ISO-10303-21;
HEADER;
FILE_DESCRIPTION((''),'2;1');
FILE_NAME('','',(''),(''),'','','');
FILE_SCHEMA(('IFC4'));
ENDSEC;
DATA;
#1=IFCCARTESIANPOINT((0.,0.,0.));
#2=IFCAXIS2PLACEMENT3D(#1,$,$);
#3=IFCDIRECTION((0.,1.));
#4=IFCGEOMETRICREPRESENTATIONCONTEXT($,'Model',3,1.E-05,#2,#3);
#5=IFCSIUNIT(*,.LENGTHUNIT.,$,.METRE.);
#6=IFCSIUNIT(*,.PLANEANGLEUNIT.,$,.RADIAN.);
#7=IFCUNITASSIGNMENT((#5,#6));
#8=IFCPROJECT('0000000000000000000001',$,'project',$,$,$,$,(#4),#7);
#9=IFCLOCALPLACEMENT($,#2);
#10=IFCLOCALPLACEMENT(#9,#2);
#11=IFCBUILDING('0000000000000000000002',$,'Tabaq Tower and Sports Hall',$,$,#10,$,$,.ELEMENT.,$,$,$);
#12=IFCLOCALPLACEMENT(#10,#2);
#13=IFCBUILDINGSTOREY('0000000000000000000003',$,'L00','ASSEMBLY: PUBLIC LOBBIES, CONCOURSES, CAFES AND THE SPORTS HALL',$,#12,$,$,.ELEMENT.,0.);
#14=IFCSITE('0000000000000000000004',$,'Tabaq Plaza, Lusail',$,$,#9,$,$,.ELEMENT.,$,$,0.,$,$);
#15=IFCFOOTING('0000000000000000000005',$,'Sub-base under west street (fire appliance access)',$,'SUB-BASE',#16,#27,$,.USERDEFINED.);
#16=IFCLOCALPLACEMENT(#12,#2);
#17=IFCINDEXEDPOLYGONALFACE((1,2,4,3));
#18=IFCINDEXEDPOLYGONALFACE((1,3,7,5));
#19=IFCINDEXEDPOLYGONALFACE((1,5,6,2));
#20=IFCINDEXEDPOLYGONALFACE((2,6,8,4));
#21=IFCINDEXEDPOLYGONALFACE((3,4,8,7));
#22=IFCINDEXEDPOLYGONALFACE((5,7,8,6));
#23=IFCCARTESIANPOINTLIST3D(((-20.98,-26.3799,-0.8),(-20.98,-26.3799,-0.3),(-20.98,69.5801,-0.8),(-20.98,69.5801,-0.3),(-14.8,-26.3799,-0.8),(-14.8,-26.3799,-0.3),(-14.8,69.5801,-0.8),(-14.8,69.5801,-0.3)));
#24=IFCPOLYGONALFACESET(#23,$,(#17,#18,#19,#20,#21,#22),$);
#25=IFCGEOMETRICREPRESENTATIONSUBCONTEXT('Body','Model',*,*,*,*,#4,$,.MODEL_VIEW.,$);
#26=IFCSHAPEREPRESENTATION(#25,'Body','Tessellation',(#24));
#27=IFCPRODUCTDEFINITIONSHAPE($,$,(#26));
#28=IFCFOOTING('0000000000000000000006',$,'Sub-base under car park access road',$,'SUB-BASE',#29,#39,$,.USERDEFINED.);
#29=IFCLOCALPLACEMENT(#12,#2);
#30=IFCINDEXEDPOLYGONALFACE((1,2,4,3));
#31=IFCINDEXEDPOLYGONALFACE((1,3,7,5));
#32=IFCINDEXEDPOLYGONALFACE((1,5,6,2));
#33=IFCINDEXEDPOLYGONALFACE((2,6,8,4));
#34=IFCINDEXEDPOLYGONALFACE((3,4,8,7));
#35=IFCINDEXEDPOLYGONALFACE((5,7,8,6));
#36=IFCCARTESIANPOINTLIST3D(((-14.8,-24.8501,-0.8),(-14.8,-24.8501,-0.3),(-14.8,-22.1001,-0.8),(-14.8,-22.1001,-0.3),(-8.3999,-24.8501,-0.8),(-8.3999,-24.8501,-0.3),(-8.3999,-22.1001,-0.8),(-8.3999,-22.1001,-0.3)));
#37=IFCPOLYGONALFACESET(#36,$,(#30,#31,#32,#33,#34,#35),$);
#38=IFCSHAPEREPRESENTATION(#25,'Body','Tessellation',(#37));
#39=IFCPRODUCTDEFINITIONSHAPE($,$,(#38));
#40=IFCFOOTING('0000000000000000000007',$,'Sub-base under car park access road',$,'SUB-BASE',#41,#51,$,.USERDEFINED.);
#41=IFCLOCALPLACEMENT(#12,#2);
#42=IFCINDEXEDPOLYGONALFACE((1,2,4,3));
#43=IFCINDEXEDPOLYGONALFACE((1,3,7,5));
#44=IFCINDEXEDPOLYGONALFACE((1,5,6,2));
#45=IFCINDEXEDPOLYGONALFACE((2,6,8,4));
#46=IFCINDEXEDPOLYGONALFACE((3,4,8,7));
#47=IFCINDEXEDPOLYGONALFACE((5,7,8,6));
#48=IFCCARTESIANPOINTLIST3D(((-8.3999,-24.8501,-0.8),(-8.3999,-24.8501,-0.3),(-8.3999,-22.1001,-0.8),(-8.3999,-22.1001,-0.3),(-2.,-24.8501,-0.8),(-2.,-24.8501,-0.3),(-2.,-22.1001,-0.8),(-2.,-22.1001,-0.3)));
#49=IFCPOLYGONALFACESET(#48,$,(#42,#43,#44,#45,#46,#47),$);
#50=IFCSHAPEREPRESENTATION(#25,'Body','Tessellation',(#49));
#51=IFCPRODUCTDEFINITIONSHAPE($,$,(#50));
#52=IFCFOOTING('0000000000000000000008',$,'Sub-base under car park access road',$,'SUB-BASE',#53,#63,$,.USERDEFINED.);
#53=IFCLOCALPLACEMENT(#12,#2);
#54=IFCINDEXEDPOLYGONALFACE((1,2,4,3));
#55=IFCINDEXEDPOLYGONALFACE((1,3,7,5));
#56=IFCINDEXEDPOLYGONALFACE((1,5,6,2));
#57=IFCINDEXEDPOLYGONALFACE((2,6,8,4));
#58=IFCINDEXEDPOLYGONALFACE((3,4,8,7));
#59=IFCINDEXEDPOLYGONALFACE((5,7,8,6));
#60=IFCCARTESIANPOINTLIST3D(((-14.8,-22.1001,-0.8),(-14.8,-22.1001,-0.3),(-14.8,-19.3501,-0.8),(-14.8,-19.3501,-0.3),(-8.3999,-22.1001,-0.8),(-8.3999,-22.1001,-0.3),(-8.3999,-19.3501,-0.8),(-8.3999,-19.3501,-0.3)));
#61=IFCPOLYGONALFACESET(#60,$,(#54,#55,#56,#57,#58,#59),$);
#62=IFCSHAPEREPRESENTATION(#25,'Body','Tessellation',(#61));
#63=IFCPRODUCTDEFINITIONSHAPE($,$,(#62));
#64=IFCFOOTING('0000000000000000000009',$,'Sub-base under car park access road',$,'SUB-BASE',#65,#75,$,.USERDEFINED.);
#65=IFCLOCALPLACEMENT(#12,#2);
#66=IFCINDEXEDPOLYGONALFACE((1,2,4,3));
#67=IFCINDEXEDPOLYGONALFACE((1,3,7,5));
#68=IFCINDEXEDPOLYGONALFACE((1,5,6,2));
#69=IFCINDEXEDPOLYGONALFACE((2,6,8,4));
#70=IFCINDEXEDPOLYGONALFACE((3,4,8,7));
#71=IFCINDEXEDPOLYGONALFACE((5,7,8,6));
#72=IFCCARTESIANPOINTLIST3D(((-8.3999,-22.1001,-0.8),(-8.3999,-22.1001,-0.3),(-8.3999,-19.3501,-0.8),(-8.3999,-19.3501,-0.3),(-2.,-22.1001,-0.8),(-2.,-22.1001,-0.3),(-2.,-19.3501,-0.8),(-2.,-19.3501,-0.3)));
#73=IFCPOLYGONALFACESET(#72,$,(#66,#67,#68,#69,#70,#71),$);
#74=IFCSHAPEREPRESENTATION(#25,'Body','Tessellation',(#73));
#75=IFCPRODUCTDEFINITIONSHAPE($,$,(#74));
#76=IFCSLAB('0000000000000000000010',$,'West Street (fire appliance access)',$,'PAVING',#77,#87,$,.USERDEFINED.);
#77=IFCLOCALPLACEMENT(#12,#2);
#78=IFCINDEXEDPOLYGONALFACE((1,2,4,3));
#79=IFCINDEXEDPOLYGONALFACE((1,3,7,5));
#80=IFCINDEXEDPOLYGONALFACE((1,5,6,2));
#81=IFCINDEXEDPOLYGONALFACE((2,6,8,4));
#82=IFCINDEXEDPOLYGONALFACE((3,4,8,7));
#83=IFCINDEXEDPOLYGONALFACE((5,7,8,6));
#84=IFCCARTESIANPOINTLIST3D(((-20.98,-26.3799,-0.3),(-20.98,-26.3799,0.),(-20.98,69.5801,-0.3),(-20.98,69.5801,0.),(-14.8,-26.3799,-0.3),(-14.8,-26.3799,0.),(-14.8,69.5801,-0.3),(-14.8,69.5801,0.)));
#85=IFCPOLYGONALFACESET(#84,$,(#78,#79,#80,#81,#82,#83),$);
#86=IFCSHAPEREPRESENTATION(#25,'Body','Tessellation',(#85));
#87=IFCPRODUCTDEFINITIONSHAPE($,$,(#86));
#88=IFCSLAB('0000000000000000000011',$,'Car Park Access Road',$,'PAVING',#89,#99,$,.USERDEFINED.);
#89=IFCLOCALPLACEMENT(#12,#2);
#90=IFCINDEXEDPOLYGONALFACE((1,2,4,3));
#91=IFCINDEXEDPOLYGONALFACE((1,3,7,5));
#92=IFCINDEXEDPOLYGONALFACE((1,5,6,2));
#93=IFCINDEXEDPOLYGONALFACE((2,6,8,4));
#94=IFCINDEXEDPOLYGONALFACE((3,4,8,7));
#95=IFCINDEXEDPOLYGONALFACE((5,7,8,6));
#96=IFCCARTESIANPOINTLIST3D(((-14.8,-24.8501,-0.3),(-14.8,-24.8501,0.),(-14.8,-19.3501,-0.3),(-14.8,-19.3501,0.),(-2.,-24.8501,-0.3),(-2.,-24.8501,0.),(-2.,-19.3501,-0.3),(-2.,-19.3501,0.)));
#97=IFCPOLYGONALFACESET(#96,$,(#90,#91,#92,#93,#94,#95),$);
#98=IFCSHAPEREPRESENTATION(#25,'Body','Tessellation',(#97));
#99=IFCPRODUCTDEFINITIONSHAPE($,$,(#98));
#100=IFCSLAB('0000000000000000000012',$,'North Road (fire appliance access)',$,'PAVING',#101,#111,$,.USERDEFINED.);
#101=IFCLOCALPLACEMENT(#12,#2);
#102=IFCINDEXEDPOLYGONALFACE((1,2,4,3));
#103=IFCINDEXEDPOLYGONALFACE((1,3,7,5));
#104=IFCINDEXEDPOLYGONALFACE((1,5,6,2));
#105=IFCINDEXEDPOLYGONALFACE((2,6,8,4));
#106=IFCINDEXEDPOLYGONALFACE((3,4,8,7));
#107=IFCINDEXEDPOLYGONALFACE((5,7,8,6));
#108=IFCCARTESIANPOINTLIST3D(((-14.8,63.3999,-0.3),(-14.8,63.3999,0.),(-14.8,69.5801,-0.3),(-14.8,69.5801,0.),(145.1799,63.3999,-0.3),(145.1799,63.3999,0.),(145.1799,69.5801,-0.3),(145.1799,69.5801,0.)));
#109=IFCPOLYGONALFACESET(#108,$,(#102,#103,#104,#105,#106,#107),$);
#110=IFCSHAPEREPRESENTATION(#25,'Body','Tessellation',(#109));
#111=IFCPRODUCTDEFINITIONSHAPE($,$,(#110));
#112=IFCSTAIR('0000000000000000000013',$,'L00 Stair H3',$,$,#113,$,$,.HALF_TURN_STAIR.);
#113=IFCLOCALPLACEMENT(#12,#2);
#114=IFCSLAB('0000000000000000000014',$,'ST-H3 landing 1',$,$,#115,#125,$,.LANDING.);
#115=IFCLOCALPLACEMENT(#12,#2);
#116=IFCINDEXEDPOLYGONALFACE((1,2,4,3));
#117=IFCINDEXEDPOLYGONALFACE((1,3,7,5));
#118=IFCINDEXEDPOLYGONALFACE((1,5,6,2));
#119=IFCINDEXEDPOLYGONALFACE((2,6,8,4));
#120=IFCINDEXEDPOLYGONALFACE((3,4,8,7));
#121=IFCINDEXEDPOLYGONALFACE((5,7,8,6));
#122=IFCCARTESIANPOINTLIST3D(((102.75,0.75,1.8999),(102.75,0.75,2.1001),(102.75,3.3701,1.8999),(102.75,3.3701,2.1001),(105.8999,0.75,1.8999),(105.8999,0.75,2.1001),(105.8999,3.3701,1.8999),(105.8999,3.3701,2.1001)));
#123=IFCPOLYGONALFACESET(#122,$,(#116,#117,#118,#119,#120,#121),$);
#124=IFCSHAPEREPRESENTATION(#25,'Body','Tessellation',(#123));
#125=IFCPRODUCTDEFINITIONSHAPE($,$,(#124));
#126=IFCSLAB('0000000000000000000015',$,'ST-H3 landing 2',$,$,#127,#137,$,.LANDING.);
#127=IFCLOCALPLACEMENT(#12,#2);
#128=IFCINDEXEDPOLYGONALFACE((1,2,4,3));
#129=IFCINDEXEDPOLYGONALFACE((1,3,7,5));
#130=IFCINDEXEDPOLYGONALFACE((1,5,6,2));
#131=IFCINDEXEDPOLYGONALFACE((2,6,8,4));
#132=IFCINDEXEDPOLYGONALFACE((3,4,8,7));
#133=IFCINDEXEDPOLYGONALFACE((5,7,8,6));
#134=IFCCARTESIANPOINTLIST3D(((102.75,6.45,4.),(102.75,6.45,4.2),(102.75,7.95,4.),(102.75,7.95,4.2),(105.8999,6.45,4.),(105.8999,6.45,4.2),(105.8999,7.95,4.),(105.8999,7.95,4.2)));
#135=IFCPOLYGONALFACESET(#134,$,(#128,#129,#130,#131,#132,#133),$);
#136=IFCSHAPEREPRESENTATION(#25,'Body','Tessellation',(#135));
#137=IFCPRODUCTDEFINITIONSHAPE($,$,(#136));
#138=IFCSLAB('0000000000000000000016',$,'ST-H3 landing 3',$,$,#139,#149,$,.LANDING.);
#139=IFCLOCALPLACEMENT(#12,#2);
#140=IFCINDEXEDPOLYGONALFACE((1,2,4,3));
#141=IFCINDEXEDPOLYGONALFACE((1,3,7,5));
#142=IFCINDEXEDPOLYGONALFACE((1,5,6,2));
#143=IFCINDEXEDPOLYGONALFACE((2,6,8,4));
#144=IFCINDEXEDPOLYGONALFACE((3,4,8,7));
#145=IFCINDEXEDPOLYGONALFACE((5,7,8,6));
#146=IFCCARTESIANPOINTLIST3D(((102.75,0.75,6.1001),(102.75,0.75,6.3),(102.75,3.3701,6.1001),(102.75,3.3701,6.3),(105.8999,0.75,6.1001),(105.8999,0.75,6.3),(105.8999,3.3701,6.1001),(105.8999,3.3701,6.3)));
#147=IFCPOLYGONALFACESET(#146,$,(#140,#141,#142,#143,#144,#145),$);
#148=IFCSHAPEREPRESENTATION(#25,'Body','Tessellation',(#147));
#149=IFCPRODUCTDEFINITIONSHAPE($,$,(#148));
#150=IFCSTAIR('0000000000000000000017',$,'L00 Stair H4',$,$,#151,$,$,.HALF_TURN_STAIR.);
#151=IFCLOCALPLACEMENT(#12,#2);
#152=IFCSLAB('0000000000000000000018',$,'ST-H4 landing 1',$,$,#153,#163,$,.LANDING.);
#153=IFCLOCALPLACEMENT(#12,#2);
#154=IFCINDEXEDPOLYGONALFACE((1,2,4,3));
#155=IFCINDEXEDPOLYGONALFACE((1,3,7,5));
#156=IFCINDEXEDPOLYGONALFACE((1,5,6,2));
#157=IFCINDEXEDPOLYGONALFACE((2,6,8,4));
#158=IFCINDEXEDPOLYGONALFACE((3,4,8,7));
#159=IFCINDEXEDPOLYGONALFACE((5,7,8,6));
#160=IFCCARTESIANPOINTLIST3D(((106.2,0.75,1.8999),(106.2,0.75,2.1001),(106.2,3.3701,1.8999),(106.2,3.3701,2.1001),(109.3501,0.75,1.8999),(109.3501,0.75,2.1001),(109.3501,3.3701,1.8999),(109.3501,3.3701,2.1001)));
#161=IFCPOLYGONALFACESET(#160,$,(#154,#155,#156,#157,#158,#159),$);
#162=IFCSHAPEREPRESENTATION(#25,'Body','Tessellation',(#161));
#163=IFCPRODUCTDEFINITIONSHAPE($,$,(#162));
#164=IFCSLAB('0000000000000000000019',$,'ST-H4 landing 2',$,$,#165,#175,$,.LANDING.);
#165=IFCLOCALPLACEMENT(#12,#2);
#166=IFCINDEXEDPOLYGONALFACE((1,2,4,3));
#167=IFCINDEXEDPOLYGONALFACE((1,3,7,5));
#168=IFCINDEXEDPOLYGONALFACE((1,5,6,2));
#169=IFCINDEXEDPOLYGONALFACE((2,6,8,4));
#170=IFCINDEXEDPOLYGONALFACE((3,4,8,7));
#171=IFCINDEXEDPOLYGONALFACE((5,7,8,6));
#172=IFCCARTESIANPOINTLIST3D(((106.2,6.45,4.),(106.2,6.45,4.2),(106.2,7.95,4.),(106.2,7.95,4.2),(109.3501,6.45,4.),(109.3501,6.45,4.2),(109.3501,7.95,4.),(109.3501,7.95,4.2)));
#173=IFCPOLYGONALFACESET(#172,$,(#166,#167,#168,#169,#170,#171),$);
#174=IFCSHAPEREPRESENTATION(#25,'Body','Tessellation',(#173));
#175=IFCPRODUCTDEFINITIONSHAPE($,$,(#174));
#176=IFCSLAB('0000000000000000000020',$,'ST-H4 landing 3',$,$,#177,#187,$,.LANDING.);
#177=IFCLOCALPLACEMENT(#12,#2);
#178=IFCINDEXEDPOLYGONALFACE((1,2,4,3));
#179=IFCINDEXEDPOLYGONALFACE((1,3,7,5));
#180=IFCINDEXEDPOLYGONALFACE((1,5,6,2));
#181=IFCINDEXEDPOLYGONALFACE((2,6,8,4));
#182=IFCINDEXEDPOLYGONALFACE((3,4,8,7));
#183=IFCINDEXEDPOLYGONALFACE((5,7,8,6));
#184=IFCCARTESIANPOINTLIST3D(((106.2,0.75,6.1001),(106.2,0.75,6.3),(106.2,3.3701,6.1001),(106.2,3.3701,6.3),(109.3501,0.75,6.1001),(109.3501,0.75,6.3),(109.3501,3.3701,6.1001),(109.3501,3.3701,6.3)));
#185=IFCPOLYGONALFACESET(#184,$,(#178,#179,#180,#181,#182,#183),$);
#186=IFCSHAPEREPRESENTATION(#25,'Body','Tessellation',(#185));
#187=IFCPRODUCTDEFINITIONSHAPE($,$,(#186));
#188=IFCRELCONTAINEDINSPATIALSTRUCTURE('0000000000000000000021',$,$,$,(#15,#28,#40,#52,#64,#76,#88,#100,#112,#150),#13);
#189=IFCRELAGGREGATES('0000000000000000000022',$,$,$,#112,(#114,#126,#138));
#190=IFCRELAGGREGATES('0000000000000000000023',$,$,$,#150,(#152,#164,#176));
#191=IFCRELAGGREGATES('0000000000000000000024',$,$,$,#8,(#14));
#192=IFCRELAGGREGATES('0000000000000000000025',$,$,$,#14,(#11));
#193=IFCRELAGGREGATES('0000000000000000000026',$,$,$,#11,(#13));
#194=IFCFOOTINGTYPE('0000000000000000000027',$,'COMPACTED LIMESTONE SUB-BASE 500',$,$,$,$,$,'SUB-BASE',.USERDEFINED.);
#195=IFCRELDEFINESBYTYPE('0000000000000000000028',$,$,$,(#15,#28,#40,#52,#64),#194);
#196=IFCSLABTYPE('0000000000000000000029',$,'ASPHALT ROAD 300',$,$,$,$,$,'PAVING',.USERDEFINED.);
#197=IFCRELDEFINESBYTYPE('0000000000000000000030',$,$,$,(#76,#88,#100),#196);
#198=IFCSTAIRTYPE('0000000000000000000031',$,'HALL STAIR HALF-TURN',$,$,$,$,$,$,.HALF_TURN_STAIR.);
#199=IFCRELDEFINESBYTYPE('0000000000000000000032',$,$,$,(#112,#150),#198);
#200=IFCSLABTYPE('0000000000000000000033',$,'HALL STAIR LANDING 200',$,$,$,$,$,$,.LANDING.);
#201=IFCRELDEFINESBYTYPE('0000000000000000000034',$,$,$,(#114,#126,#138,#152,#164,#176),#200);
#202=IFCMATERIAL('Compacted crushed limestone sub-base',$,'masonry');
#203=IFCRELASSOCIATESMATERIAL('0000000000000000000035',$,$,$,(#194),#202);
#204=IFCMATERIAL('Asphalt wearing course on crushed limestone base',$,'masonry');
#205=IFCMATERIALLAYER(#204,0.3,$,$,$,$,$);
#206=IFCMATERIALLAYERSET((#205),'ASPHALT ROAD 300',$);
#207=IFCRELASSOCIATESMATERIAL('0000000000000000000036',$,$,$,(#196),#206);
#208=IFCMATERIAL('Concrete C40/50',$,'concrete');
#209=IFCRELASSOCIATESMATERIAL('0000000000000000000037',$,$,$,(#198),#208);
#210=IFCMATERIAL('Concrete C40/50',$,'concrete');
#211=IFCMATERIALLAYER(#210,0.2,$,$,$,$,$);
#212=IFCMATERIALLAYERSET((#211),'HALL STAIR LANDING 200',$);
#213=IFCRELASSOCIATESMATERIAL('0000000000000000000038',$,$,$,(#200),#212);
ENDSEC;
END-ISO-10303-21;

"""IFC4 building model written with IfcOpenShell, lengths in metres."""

from ifc_helpers import new_model, si_unit, direction, frame, origin, place, context, subcontext, project, spatial, polyline, outline, extrude, material, layer, layer_set, type_object, element, aggregate, save


model = new_model("IFC4")

# Units and contexts
model_context = context("Model", 3, precision=1e-05, world=origin(), true_north=direction((0.0, 1.0)))
body_context = subcontext(model_context, "Body", "Model", "MODEL_VIEW")
ifc_project = project(units=[si_unit("LENGTHUNIT", "METRE"), si_unit("PLANEANGLEUNIT", "RADIAN")], contexts=[model_context])

# Site, building, storey
site_placement = place(None, origin())
site = spatial("IfcSite", under=ifc_project, at=site_placement, Name="Tabaq Plaza, Lusail", CompositionType="ELEMENT", RefElevation=0.0)
building_placement = place(site_placement, origin())
building = spatial("IfcBuilding", under=site, at=building_placement, Name="Tabaq Tower and Sports Hall", CompositionType="ELEMENT")
storey_placement = place(building_placement, origin())
storey = spatial("IfcBuildingStorey", under=building, at=storey_placement, Name="L00", Description="ASSEMBLY: PUBLIC LOBBIES, CONCOURSES, CAFES AND THE SPORTS HALL", CompositionType="ELEMENT", Elevation=0.0)

# Footings
ifc_material_1 = material(Name="Compacted crushed limestone sub-base", Category="masonry")
footing_type = type_object("IfcFootingType", Name="COMPACTED LIMESTONE SUB-BASE 500", ElementType="SUB-BASE", PredefinedType="USERDEFINED", material=ifc_material_1)
footing_1_placement = place(storey_placement, frame((0.0, 0.0, -0.8)))
element("IfcFooting", 1, at=footing_1_placement, inside=storey, type_object=footing_type, Name="Sub-base under west street (fire appliance access)", ObjectType="SUB-BASE", PredefinedType="USERDEFINED", context=body_context, shape_type="SweptSolid", body=[
    extrude(outline(polyline([(-14.8, 69.5801), (-20.98, 69.5801), (-20.98, -26.3799), (-14.8, -26.3799), (-14.8, 69.5801)])), origin(), (0.0, 0.0, 1.0), 0.5),
])
footing_2_placement = place(storey_placement, frame((0.0, 0.0, -0.8)))
element("IfcFooting", 2, at=footing_2_placement, inside=storey, type_object=footing_type, Name="Sub-base under car park access road", ObjectType="SUB-BASE", PredefinedType="USERDEFINED", context=body_context, shape_type="SweptSolid", body=[
    extrude(outline(polyline([(-14.8, -24.8501), (-8.3999, -24.8501), (-8.3999, -22.1001), (-14.8, -22.1001), (-14.8, -24.8501)])), origin(), (0.0, 0.0, 1.0), 0.5),
])
footing_3_placement = place(storey_placement, frame((0.0, 0.0, -0.8)))
element("IfcFooting", 3, at=footing_3_placement, inside=storey, type_object=footing_type, Name="Sub-base under car park access road", ObjectType="SUB-BASE", PredefinedType="USERDEFINED", context=body_context, shape_type="SweptSolid", body=[
    extrude(outline(polyline([(-2.0, -24.8501), (-2.0, -22.1001), (-8.3999, -22.1001), (-8.3999, -24.8501), (-2.0, -24.8501)])), origin(), (0.0, 0.0, 1.0), 0.5),
])
footing_4_placement = place(storey_placement, frame((0.0, 0.0, -0.8)))
element("IfcFooting", 4, at=footing_4_placement, inside=storey, type_object=footing_type, Name="Sub-base under car park access road", ObjectType="SUB-BASE", PredefinedType="USERDEFINED", context=body_context, shape_type="SweptSolid", body=[
    extrude(outline(polyline([(-8.3999, -19.3501), (-14.8, -19.3501), (-14.8, -22.1001), (-8.3999, -22.1001), (-8.3999, -19.3501)])), origin(), (0.0, 0.0, 1.0), 0.5),
])
footing_5_placement = place(storey_placement, frame((0.0, 0.0, -0.8)))
element("IfcFooting", 5, at=footing_5_placement, inside=storey, type_object=footing_type, Name="Sub-base under car park access road", ObjectType="SUB-BASE", PredefinedType="USERDEFINED", context=body_context, shape_type="SweptSolid", body=[
    extrude(outline(polyline([(-2.0, -19.3501), (-8.3999, -19.3501), (-8.3999, -22.1001), (-2.0, -22.1001), (-2.0, -19.3501)])), origin(), (0.0, 0.0, 1.0), 0.5),
])

# Slabs
ifc_material_2 = material(Name="Asphalt wearing course on crushed limestone base", Category="masonry")
ifc_layer_1 = layer(ifc_material_2, 0.3)
ifc_layer_set_1 = layer_set([ifc_layer_1], Name="ASPHALT ROAD 300")
slab_type_1 = type_object("IfcSlabType", Name="ASPHALT ROAD 300", ElementType="PAVING", PredefinedType="USERDEFINED", material=ifc_layer_set_1)
slab_1_placement = place(storey_placement, frame((0.0, 0.0, -0.3)))
element("IfcSlab", 6, at=slab_1_placement, inside=storey, type_object=slab_type_1, Name="West Street (fire appliance access)", ObjectType="PAVING", PredefinedType="USERDEFINED", context=body_context, shape_type="SweptSolid", body=[
    extrude(outline(polyline([(-20.98, 69.5801), (-20.98, -26.3799), (-14.8, -26.3799), (-14.8, 69.5801), (-20.98, 69.5801)])), origin(), (0.0, 0.0, 1.0), 0.3),
])
slab_2_placement = place(storey_placement, frame((0.0, 0.0, -0.3)))
element("IfcSlab", 7, at=slab_2_placement, inside=storey, type_object=slab_type_1, Name="Car Park Access Road", ObjectType="PAVING", PredefinedType="USERDEFINED", context=body_context, shape_type="SweptSolid", body=[
    extrude(outline(polyline([(-14.8, -24.8501), (-2.0, -24.8501), (-2.0, -19.3501), (-14.8, -19.3501), (-14.8, -24.8501)])), origin(), (0.0, 0.0, 1.0), 0.3),
])
slab_3_placement = place(storey_placement, frame((0.0, 0.0, -0.3)))
element("IfcSlab", 8, at=slab_3_placement, inside=storey, type_object=slab_type_1, Name="North Road (fire appliance access)", ObjectType="PAVING", PredefinedType="USERDEFINED", context=body_context, shape_type="SweptSolid", body=[
    extrude(outline(polyline([(-14.8, 69.5801), (-14.8, 63.3999), (145.1799, 63.3999), (145.1799, 69.5801), (-14.8, 69.5801)])), origin(), (0.0, 0.0, 1.0), 0.3),
])

# Stairs, slabs
ifc_material_3 = material(Name="Concrete C40/50", Category="concrete")
stair_type = type_object("IfcStairType", Name="HALL STAIR HALF-TURN", PredefinedType="HALF_TURN_STAIR", material=ifc_material_3)
stair_1_placement = place(storey_placement, origin())
stair_1 = element("IfcStair", 9, at=stair_1_placement, inside=storey, type_object=stair_type, Name="L00 Stair H3", PredefinedType="HALF_TURN_STAIR")
ifc_material_4 = material(Name="Concrete C40/50", Category="concrete")
ifc_layer_2 = layer(ifc_material_4, 0.2)
ifc_layer_set_2 = layer_set([ifc_layer_2], Name="HALL STAIR LANDING 200")
slab_type_2 = type_object("IfcSlabType", Name="HALL STAIR LANDING 200", PredefinedType="LANDING", material=ifc_layer_set_2)
slab_4_placement = place(storey_placement, frame((0.0, 0.0, 1.8999)))
slab_4 = element("IfcSlab", 10, at=slab_4_placement, type_object=slab_type_2, Name="ST-H3 landing 1", PredefinedType="LANDING", context=body_context, shape_type="SweptSolid", body=[
    extrude(outline(polyline([(102.75, 3.3701), (102.75, 0.75), (105.8999, 0.75), (105.8999, 3.3701), (102.75, 3.3701)])), origin(), (0.0, 0.0, 1.0), 0.2002),
])
slab_5_placement = place(storey_placement, frame((0.0, 0.0, 4.0)))
slab_5 = element("IfcSlab", 11, at=slab_5_placement, type_object=slab_type_2, Name="ST-H3 landing 2", PredefinedType="LANDING", context=body_context, shape_type="SweptSolid", body=[
    extrude(outline(polyline([(102.75, 7.95), (102.75, 6.45), (105.8999, 6.45), (105.8999, 7.95), (102.75, 7.95)])), origin(), (0.0, 0.0, 1.0), 0.2),
])
slab_6_placement = place(storey_placement, frame((0.0, 0.0, 6.1001)))
slab_6 = element("IfcSlab", 12, at=slab_6_placement, type_object=slab_type_2, Name="ST-H3 landing 3", PredefinedType="LANDING", context=body_context, shape_type="SweptSolid", body=[
    extrude(outline(polyline([(102.75, 3.3701), (102.75, 0.75), (105.8999, 0.75), (105.8999, 3.3701), (102.75, 3.3701)])), origin(), (0.0, 0.0, 1.0), 0.2),
])
aggregate(stair_1, [slab_4, slab_5, slab_6])
stair_2_placement = place(storey_placement, origin())
stair_2 = element("IfcStair", 13, at=stair_2_placement, inside=storey, type_object=stair_type, Name="L00 Stair H4", PredefinedType="HALF_TURN_STAIR")
slab_7_placement = place(storey_placement, frame((0.0, 0.0, 1.8999)))
slab_7 = element("IfcSlab", 14, at=slab_7_placement, type_object=slab_type_2, Name="ST-H4 landing 1", PredefinedType="LANDING", context=body_context, shape_type="SweptSolid", body=[
    extrude(outline(polyline([(106.2, 3.3701), (106.2, 0.75), (109.3501, 0.75), (109.3501, 3.3701), (106.2, 3.3701)])), origin(), (0.0, 0.0, 1.0), 0.2002),
])
slab_8_placement = place(storey_placement, frame((0.0, 0.0, 4.0)))
slab_8 = element("IfcSlab", 15, at=slab_8_placement, type_object=slab_type_2, Name="ST-H4 landing 2", PredefinedType="LANDING", context=body_context, shape_type="SweptSolid", body=[
    extrude(outline(polyline([(106.2, 7.95), (106.2, 6.45), (109.3501, 6.45), (109.3501, 7.95), (106.2, 7.95)])), origin(), (0.0, 0.0, 1.0), 0.2),
])
slab_9_placement = place(storey_placement, frame((0.0, 0.0, 6.1001)))
slab_9 = element("IfcSlab", 16, at=slab_9_placement, type_object=slab_type_2, Name="ST-H4 landing 3", PredefinedType="LANDING", context=body_context, shape_type="SweptSolid", body=[
    extrude(outline(polyline([(106.2, 3.3701), (106.2, 0.75), (109.3501, 0.75), (109.3501, 3.3701), (106.2, 3.3701)])), origin(), (0.0, 0.0, 1.0), 0.2),
])
aggregate(stair_2, [slab_7, slab_8, slab_9])

save(model, "model.ifc")
